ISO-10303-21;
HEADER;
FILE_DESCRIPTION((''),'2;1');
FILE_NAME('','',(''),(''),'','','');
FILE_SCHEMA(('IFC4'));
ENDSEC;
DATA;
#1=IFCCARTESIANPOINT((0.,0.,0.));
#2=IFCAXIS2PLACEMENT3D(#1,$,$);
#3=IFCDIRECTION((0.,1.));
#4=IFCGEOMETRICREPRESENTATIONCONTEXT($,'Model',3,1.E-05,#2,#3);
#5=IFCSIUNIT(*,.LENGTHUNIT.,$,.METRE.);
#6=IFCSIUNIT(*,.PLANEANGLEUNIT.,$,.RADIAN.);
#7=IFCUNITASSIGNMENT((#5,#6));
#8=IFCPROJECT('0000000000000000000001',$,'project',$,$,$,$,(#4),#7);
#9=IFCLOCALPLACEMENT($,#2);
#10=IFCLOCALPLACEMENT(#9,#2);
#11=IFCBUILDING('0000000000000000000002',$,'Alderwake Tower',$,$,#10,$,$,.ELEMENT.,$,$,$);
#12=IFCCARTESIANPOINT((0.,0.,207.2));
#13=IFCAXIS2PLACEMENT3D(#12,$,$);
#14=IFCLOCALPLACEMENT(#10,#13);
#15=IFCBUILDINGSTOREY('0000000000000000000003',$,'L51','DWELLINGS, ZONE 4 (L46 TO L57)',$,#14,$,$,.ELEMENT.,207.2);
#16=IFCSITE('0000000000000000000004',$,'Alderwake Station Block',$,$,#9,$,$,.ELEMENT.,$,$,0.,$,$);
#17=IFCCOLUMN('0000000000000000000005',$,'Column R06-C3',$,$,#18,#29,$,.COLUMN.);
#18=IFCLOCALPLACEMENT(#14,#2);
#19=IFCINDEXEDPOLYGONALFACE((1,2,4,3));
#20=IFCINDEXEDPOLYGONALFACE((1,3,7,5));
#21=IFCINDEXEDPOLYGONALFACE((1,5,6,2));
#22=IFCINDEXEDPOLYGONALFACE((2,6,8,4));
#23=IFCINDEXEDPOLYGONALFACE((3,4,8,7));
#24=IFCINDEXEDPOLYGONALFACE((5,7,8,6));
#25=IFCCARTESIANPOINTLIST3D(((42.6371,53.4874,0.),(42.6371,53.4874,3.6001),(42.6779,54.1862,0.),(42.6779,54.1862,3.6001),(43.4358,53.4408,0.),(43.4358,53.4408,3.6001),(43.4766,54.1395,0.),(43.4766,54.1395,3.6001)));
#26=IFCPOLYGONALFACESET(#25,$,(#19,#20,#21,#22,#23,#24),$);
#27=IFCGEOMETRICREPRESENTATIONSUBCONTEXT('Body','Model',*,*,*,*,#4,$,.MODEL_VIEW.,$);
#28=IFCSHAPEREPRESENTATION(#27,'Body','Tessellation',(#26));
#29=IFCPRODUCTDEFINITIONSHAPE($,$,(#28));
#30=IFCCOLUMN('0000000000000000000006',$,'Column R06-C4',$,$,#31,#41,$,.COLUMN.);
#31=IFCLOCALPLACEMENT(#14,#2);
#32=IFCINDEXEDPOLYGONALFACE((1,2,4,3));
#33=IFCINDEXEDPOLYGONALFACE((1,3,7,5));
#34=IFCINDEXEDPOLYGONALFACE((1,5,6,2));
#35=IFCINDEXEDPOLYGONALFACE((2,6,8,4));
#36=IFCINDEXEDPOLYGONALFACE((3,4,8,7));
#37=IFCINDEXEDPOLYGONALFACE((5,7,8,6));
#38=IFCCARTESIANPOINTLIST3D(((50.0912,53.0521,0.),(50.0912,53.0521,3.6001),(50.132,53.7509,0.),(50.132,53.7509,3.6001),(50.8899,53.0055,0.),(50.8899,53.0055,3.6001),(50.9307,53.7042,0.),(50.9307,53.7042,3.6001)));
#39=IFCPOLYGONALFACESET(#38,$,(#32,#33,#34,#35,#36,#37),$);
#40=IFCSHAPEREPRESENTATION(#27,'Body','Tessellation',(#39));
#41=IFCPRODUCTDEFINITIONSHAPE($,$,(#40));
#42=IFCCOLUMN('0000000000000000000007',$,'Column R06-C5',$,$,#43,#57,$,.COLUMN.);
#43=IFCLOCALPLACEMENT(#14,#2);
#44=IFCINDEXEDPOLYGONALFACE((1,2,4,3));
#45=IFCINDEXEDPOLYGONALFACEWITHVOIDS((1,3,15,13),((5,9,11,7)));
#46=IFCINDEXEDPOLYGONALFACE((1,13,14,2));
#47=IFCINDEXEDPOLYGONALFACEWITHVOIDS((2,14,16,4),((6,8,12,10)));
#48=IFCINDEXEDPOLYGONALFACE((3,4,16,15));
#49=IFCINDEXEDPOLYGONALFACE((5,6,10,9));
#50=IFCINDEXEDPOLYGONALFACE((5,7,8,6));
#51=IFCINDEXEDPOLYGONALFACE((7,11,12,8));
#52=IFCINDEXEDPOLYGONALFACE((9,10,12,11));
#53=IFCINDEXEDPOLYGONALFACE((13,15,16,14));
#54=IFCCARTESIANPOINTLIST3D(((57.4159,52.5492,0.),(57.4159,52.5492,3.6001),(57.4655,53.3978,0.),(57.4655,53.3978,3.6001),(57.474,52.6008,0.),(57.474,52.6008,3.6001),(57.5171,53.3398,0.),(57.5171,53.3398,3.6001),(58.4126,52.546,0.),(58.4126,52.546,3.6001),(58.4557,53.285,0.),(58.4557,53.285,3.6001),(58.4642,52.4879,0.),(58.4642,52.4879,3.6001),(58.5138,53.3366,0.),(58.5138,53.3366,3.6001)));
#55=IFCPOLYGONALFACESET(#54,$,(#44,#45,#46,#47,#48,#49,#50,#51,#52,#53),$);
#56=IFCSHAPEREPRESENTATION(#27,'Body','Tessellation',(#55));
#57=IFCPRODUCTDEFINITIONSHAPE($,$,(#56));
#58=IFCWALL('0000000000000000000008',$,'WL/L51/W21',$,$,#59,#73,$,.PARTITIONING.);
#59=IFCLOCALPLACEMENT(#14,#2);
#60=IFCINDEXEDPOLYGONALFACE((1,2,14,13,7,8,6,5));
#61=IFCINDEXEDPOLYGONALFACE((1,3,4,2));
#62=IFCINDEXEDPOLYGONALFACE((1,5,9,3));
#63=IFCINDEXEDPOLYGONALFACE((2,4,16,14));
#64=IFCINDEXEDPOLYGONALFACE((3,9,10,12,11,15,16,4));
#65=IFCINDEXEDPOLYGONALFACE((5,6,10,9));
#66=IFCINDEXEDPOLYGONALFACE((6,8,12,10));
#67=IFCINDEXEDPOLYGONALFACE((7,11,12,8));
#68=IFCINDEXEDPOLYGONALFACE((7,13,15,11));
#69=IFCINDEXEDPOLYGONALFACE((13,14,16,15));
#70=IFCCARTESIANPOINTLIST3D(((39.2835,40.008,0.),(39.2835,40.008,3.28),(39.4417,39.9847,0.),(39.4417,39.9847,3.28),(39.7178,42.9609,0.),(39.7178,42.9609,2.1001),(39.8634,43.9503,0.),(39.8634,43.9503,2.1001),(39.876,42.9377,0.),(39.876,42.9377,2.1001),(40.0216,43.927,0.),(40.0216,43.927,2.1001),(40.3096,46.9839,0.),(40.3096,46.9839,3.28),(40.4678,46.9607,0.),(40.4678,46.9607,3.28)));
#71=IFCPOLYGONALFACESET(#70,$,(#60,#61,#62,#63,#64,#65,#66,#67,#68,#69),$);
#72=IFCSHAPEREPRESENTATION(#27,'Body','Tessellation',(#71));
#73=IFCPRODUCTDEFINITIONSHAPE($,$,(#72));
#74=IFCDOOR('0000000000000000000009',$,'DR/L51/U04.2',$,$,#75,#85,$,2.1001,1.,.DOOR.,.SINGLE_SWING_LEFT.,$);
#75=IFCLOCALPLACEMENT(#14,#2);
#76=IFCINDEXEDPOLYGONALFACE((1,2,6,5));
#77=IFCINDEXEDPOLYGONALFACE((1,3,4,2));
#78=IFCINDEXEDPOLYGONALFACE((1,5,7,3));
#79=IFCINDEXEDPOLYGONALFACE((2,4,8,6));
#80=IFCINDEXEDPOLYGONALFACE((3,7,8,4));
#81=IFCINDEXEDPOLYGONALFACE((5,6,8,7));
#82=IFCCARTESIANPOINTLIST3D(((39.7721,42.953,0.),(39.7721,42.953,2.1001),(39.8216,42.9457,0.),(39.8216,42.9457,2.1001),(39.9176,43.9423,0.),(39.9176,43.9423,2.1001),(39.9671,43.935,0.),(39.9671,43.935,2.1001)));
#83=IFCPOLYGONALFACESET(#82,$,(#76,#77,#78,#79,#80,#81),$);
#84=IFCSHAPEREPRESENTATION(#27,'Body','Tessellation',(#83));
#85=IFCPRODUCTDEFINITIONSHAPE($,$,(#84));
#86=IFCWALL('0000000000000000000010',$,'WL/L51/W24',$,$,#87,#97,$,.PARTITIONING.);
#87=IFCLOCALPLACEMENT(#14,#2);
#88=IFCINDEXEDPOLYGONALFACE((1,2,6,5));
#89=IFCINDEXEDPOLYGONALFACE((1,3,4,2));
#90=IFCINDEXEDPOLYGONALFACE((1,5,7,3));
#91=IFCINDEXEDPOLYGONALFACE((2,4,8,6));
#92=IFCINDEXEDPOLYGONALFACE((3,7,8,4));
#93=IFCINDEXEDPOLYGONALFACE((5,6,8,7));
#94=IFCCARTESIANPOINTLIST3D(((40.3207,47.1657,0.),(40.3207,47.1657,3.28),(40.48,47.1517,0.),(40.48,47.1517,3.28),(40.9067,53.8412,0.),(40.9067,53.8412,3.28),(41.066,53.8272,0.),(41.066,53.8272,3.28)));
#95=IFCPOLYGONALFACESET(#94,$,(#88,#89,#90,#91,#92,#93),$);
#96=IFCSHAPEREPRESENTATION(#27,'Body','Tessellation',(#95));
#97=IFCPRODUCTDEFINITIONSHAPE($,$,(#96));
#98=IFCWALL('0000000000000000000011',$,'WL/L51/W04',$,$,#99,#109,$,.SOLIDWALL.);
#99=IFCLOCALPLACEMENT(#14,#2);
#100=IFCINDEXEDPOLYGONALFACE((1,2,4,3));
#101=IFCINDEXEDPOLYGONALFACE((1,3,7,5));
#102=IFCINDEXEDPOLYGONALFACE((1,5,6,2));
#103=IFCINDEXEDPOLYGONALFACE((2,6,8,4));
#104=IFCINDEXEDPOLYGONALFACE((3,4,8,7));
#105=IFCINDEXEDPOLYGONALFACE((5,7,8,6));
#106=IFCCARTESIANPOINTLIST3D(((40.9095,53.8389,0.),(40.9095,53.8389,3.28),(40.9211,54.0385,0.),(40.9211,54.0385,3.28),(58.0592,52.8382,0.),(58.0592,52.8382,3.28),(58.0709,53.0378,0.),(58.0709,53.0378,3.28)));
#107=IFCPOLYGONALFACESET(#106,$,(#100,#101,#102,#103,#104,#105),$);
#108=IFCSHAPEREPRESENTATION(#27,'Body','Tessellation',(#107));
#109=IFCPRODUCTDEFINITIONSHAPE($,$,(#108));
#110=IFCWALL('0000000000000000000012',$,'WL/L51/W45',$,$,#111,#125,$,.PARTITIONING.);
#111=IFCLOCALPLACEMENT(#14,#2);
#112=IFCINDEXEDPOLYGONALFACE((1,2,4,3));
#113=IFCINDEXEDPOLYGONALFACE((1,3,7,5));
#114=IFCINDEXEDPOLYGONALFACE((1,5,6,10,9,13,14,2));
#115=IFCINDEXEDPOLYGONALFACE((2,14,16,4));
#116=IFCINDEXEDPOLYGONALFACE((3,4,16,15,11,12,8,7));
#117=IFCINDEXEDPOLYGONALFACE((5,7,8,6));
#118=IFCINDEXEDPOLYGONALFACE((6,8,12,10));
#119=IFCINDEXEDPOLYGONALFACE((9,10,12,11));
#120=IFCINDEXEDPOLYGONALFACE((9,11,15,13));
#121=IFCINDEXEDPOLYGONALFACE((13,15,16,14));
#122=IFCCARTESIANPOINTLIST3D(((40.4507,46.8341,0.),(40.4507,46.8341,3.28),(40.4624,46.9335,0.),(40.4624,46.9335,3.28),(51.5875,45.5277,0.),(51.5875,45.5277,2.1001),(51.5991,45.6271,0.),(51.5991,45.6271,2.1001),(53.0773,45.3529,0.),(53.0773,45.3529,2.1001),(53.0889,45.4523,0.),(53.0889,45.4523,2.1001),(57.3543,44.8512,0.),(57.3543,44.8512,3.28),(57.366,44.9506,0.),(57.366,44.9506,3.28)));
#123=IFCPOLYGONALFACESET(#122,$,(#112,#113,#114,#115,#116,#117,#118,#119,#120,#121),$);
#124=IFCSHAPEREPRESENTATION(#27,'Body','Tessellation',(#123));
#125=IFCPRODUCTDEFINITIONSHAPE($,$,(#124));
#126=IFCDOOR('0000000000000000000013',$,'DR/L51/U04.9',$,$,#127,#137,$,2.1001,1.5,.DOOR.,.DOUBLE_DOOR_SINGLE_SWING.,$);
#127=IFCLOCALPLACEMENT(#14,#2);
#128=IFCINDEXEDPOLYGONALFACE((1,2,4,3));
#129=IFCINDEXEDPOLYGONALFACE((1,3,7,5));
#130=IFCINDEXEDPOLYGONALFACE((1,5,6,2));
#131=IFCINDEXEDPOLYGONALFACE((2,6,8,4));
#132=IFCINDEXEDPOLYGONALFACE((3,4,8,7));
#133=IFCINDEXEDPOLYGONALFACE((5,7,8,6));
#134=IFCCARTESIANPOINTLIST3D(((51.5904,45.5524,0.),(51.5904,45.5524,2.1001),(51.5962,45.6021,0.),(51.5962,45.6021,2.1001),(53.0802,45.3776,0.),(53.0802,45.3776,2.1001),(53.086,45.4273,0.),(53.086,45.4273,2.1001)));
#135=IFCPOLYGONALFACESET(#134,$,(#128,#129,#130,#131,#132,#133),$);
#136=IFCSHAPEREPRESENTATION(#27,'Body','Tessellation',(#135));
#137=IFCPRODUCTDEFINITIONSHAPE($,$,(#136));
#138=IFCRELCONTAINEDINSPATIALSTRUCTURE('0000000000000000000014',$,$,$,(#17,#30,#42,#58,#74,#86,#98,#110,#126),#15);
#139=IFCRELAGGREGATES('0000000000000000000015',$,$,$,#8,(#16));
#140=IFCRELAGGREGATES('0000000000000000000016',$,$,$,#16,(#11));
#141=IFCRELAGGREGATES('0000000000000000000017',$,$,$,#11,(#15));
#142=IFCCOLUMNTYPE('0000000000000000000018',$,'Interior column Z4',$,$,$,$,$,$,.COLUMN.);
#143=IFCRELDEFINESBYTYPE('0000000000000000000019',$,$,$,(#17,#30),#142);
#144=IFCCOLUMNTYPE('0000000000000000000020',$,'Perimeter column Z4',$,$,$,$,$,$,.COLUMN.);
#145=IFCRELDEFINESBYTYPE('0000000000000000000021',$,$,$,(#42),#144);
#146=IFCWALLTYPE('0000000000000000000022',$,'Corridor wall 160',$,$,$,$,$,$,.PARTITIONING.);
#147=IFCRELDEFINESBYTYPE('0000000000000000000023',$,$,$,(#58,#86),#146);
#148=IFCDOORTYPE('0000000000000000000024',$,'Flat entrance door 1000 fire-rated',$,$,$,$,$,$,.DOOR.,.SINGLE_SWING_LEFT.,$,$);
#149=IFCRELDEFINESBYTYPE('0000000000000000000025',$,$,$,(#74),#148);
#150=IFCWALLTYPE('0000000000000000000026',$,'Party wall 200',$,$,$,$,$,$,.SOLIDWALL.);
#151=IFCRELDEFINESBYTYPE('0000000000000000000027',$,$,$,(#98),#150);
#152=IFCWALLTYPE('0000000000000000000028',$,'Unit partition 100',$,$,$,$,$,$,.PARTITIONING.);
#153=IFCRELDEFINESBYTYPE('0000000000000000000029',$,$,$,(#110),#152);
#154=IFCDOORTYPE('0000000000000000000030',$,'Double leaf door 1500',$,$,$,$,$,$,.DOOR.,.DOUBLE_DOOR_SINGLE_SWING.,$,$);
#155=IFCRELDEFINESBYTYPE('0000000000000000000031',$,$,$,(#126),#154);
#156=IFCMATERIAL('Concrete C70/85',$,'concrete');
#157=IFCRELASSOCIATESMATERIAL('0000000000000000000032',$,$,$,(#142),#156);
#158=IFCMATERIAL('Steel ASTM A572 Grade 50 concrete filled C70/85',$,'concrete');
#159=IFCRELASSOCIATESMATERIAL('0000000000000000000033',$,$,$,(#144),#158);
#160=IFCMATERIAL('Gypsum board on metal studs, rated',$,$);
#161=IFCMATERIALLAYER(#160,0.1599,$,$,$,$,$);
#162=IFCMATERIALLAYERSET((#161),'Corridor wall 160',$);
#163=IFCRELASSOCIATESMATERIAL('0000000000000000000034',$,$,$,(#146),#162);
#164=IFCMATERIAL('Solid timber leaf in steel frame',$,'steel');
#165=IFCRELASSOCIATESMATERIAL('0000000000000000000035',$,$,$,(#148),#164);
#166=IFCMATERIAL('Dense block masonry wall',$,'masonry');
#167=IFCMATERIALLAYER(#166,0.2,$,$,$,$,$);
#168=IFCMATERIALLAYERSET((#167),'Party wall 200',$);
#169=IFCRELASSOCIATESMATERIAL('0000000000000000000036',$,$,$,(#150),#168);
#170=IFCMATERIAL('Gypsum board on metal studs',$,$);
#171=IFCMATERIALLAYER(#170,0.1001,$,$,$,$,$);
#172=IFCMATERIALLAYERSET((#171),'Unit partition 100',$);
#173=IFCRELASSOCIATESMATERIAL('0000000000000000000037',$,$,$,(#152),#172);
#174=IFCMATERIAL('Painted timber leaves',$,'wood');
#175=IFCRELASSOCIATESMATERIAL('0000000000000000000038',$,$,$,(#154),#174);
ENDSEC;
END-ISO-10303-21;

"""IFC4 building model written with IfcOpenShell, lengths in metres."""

from ifc_helpers import new_model, si_unit, direction, frame, frame_2d, origin, origin_2d, place, context, subcontext, project, spatial, rectangle, hollow_rectangle, extrude, material, layer, layer_set, material_profile, profile_set, type_object, element, fill, save


model = new_model("IFC4")

# Units and contexts
model_context = context("Model", 3, precision=1e-05, world=origin(), true_north=direction((0.0, 1.0)))
body_context = subcontext(model_context, "Body", "Model", "MODEL_VIEW")
ifc_project = project(units=[si_unit("LENGTHUNIT", "METRE"), si_unit("PLANEANGLEUNIT", "RADIAN")], contexts=[model_context])

# Site, building, storey
site_placement = place(None, origin())
site = spatial("IfcSite", under=ifc_project, at=site_placement, Name="Alderwake Station Block", CompositionType="ELEMENT", RefElevation=0.0)
building_placement = place(site_placement, origin())
building = spatial("IfcBuilding", under=site, at=building_placement, Name="Alderwake Tower", CompositionType="ELEMENT")
storey_placement = place(building_placement, frame((0.0, 0.0, 207.2)))
storey = spatial("IfcBuildingStorey", under=building, at=storey_placement, Name="L51", Description="DWELLINGS, ZONE 4 (L46 TO L57)", CompositionType="ELEMENT", Elevation=207.2)

# Columns
ifc_material_1 = material(Name="Concrete C70/85", Category="concrete")
ifc_material_profile_1 = material_profile(ifc_material_1, rectangle(XDim=0.7, YDim=0.8, at=origin_2d()), Name="RC 800X700")
ifc_profile_set_1 = profile_set([ifc_material_profile_1], Name="Concrete C70/85")
column_type_1 = type_object("IfcColumnType", Name="Interior column Z4", PredefinedType="COLUMN", material=ifc_profile_set_1)
for number, where, z_axis, x_axis, name in (
    (1, (43.0569, 53.8135, 0.0), (0.0, 0.0, 1.0), (0.058301, 0.998299, 0.0), "Column R06-C3"),
    (2, (50.511, 53.3782, 0.0), (0.0, 0.0, 1.0), (0.058301, 0.998299, 0.0), "Column R06-C4"),
):
    element("IfcColumn", number, at=place(storey_placement, frame(where, z_axis=z_axis, x_axis=x_axis)), inside=storey, type_object=column_type_1, Name=name, PredefinedType="COLUMN", context=body_context, shape_type="SweptSolid", body=[
        extrude(rectangle(XDim=0.7, YDim=0.8, at=origin_2d()), origin(), (0.0, 0.0, 1.0), 3.6001),
    ])
ifc_material_2 = material(Name="Steel ASTM A572 Grade 50 concrete filled C70/85", Category="concrete")
ifc_material_profile_2 = material_profile(ifc_material_2, hollow_rectangle(XDim=0.8501, YDim=1.05, WallThickness=0.0549, at=origin_2d()), Name="BOX 1050X850X55")
ifc_profile_set_2 = profile_set([ifc_material_profile_2], Name="Steel ASTM A572 Grade 50 concrete filled C70/85")
column_type_2 = type_object("IfcColumnType", Name="Perimeter column Z4", PredefinedType="COLUMN", material=ifc_profile_set_2)
column_placement = place(storey_placement, frame((57.9648, 52.9429, 0.0), z_axis=(0.0, 0.0, 1.0), x_axis=(0.058301, 0.998299, 0.0)))
element("IfcColumn", 3, at=column_placement, inside=storey, type_object=column_type_2, Name="Column R06-C5", PredefinedType="COLUMN", context=body_context, shape_type="SweptSolid", body=[
    extrude(hollow_rectangle(XDim=0.8501, YDim=1.05, WallThickness=0.0549, at=origin_2d()), origin(), (0.0, 0.0, 1.0), 3.6001),
])

# Wall, opening, door
ifc_material_3 = material(Name="Gypsum board on metal studs, rated")
ifc_layer_1 = layer(ifc_material_3, 0.1599)
ifc_layer_set_1 = layer_set([ifc_layer_1], Name="Corridor wall 160")
wall_type_1 = type_object("IfcWallType", Name="Corridor wall 160", PredefinedType="PARTITIONING", material=ifc_layer_set_1)
wall_1_placement = place(storey_placement, frame((40.3887, 46.9722, 0.0), z_axis=(0.0, 0.0, 1.0), x_axis=(-0.145526, -0.989354, 0.0)))
wall_1 = element("IfcWall", 4, at=wall_1_placement, inside=storey, type_object=wall_type_1, Name="WL/L51/W21", PredefinedType="PARTITIONING", context=body_context, shape_type="SweptSolid", body=[
    extrude(rectangle(XDim=7.051, YDim=0.1599, at=frame_2d((3.5254, 0.0))), origin(), (0.0, 0.0, 1.0), 3.28),
])
opening_1_placement = place(wall_1_placement, frame((3.0662, 0.0, 0.0)))
opening_1 = element("IfcOpeningElement", 5, at=opening_1_placement, cuts=wall_1, PredefinedType="OPENING", context=body_context, shape_type="SweptSolid", body=[
    extrude(rectangle(XDim=1.0, YDim=2.1001, at=frame_2d((0.5, 1.05))), frame((0.0, 0.0898, 0.0), z_axis=(0.0, -1.0, 0.0), x_axis=(1.0, 0.0, 0.0)), (0.0, 0.0, 1.0), 0.1799),
])
ifc_material_4 = material(Name="Solid timber leaf in steel frame", Category="steel")
door_type_1 = type_object("IfcDoorType", Name="Flat entrance door 1000 fire-rated", OperationType="SINGLE_SWING_LEFT", PredefinedType="DOOR", material=ifc_material_4)
door_1_placement = place(opening_1_placement, origin())
door_1 = element("IfcDoor", 6, at=door_1_placement, inside=storey, type_object=door_type_1, Name="DR/L51/U04.2", OperationType="SINGLE_SWING_LEFT", OverallHeight=2.1001, OverallWidth=1.0, PredefinedType="DOOR", context=body_context, shape_type="SweptSolid", body=[
    extrude(rectangle(XDim=1.0, YDim=2.1001, at=frame_2d((0.5, 1.05))), frame((0.0, 0.0249, 0.0), z_axis=(0.0, -1.0, 0.0), x_axis=(1.0, 0.0, 0.0)), (0.0, 0.0, 1.0), 0.05),
])
fill(opening_1, door_1)

# Wall
wall_2_placement = place(storey_placement, frame((40.4004, 47.1587, 0.0), z_axis=(0.0, 0.0, 1.0), x_axis=(0.087438, 0.99617, 0.0)))
element("IfcWall", 7, at=wall_2_placement, inside=storey, type_object=wall_type_1, Name="WL/L51/W24", PredefinedType="PARTITIONING", context=body_context, shape_type="SweptSolid", body=[
    extrude(rectangle(XDim=6.7012, YDim=0.1599, at=frame_2d((3.3506, 0.0))), origin(), (0.0, 0.0, 1.0), 3.28),
])

# Wall
ifc_material_5 = material(Name="Dense block masonry wall", Category="masonry")
ifc_layer_2 = layer(ifc_material_5, 0.2)
ifc_layer_set_2 = layer_set([ifc_layer_2], Name="Party wall 200")
wall_type_2 = type_object("IfcWallType", Name="Party wall 200", PredefinedType="SOLIDWALL", material=ifc_layer_set_2)
wall_3_placement = place(storey_placement, frame((58.0649, 52.938, 0.0), z_axis=(0.0, 0.0, 1.0), x_axis=(-0.998302, 0.058253, 0.0)))
element("IfcWall", 8, at=wall_3_placement, inside=storey, type_object=wall_type_2, Name="WL/L51/W04", PredefinedType="SOLIDWALL", context=body_context, shape_type="SweptSolid", body=[
    extrude(rectangle(XDim=17.179, YDim=0.2, at=frame_2d((8.5894, 0.0))), origin(), (0.0, 0.0, 1.0), 3.28),
])

# Wall, opening, door
ifc_material_6 = material(Name="Gypsum board on metal studs")
ifc_layer_3 = layer(ifc_material_6, 0.1001)
ifc_layer_set_3 = layer_set([ifc_layer_3], Name="Unit partition 100")
wall_type_3 = type_object("IfcWallType", Name="Unit partition 100", PredefinedType="PARTITIONING", material=ifc_layer_set_3)
wall_4_placement = place(storey_placement, frame((40.4565, 46.8838, 0.0), z_axis=(0.0, 0.0, 1.0), x_axis=(0.99319, -0.116508, 0.0)))
wall_4 = element("IfcWall", 9, at=wall_4_placement, inside=storey, type_object=wall_type_3, Name="WL/L51/W45", PredefinedType="PARTITIONING", context=body_context, shape_type="SweptSolid", body=[
    extrude(rectangle(XDim=17.0195, YDim=0.1001, at=frame_2d((8.5098, 0.0))), origin(), (0.0, 0.0, 1.0), 3.28),
])
opening_2_placement = place(wall_4_placement, frame((11.2131, 0.0, 0.0)))
opening_2 = element("IfcOpeningElement", 10, at=opening_2_placement, cuts=wall_4, PredefinedType="OPENING", context=body_context, shape_type="SweptSolid", body=[
    extrude(rectangle(XDim=1.5, YDim=2.1001, at=frame_2d((0.75, 1.05))), frame((0.0, 0.0601, 0.0), z_axis=(0.0, -1.0, 0.0), x_axis=(1.0, 0.0, 0.0)), (0.0, 0.0, 1.0), 0.1201),
])
ifc_material_7 = material(Name="Painted timber leaves", Category="wood")
door_type_2 = type_object("IfcDoorType", Name="Double leaf door 1500", OperationType="DOUBLE_DOOR_SINGLE_SWING", PredefinedType="DOOR", material=ifc_material_7)
door_2_placement = place(opening_2_placement, origin())
door_2 = element("IfcDoor", 11, at=door_2_placement, inside=storey, type_object=door_type_2, Name="DR/L51/U04.9", OperationType="DOUBLE_DOOR_SINGLE_SWING", OverallHeight=2.1001, OverallWidth=1.5, PredefinedType="DOOR", context=body_context, shape_type="SweptSolid", body=[
    extrude(rectangle(XDim=1.5, YDim=2.1001, at=frame_2d((0.75, 1.05))), frame((0.0, 0.0249, 0.0), z_axis=(0.0, -1.0, 0.0), x_axis=(1.0, 0.0, 0.0)), (0.0, 0.0, 1.0), 0.05),
])
fill(opening_2, door_2)

save(model, "model.ifc")
